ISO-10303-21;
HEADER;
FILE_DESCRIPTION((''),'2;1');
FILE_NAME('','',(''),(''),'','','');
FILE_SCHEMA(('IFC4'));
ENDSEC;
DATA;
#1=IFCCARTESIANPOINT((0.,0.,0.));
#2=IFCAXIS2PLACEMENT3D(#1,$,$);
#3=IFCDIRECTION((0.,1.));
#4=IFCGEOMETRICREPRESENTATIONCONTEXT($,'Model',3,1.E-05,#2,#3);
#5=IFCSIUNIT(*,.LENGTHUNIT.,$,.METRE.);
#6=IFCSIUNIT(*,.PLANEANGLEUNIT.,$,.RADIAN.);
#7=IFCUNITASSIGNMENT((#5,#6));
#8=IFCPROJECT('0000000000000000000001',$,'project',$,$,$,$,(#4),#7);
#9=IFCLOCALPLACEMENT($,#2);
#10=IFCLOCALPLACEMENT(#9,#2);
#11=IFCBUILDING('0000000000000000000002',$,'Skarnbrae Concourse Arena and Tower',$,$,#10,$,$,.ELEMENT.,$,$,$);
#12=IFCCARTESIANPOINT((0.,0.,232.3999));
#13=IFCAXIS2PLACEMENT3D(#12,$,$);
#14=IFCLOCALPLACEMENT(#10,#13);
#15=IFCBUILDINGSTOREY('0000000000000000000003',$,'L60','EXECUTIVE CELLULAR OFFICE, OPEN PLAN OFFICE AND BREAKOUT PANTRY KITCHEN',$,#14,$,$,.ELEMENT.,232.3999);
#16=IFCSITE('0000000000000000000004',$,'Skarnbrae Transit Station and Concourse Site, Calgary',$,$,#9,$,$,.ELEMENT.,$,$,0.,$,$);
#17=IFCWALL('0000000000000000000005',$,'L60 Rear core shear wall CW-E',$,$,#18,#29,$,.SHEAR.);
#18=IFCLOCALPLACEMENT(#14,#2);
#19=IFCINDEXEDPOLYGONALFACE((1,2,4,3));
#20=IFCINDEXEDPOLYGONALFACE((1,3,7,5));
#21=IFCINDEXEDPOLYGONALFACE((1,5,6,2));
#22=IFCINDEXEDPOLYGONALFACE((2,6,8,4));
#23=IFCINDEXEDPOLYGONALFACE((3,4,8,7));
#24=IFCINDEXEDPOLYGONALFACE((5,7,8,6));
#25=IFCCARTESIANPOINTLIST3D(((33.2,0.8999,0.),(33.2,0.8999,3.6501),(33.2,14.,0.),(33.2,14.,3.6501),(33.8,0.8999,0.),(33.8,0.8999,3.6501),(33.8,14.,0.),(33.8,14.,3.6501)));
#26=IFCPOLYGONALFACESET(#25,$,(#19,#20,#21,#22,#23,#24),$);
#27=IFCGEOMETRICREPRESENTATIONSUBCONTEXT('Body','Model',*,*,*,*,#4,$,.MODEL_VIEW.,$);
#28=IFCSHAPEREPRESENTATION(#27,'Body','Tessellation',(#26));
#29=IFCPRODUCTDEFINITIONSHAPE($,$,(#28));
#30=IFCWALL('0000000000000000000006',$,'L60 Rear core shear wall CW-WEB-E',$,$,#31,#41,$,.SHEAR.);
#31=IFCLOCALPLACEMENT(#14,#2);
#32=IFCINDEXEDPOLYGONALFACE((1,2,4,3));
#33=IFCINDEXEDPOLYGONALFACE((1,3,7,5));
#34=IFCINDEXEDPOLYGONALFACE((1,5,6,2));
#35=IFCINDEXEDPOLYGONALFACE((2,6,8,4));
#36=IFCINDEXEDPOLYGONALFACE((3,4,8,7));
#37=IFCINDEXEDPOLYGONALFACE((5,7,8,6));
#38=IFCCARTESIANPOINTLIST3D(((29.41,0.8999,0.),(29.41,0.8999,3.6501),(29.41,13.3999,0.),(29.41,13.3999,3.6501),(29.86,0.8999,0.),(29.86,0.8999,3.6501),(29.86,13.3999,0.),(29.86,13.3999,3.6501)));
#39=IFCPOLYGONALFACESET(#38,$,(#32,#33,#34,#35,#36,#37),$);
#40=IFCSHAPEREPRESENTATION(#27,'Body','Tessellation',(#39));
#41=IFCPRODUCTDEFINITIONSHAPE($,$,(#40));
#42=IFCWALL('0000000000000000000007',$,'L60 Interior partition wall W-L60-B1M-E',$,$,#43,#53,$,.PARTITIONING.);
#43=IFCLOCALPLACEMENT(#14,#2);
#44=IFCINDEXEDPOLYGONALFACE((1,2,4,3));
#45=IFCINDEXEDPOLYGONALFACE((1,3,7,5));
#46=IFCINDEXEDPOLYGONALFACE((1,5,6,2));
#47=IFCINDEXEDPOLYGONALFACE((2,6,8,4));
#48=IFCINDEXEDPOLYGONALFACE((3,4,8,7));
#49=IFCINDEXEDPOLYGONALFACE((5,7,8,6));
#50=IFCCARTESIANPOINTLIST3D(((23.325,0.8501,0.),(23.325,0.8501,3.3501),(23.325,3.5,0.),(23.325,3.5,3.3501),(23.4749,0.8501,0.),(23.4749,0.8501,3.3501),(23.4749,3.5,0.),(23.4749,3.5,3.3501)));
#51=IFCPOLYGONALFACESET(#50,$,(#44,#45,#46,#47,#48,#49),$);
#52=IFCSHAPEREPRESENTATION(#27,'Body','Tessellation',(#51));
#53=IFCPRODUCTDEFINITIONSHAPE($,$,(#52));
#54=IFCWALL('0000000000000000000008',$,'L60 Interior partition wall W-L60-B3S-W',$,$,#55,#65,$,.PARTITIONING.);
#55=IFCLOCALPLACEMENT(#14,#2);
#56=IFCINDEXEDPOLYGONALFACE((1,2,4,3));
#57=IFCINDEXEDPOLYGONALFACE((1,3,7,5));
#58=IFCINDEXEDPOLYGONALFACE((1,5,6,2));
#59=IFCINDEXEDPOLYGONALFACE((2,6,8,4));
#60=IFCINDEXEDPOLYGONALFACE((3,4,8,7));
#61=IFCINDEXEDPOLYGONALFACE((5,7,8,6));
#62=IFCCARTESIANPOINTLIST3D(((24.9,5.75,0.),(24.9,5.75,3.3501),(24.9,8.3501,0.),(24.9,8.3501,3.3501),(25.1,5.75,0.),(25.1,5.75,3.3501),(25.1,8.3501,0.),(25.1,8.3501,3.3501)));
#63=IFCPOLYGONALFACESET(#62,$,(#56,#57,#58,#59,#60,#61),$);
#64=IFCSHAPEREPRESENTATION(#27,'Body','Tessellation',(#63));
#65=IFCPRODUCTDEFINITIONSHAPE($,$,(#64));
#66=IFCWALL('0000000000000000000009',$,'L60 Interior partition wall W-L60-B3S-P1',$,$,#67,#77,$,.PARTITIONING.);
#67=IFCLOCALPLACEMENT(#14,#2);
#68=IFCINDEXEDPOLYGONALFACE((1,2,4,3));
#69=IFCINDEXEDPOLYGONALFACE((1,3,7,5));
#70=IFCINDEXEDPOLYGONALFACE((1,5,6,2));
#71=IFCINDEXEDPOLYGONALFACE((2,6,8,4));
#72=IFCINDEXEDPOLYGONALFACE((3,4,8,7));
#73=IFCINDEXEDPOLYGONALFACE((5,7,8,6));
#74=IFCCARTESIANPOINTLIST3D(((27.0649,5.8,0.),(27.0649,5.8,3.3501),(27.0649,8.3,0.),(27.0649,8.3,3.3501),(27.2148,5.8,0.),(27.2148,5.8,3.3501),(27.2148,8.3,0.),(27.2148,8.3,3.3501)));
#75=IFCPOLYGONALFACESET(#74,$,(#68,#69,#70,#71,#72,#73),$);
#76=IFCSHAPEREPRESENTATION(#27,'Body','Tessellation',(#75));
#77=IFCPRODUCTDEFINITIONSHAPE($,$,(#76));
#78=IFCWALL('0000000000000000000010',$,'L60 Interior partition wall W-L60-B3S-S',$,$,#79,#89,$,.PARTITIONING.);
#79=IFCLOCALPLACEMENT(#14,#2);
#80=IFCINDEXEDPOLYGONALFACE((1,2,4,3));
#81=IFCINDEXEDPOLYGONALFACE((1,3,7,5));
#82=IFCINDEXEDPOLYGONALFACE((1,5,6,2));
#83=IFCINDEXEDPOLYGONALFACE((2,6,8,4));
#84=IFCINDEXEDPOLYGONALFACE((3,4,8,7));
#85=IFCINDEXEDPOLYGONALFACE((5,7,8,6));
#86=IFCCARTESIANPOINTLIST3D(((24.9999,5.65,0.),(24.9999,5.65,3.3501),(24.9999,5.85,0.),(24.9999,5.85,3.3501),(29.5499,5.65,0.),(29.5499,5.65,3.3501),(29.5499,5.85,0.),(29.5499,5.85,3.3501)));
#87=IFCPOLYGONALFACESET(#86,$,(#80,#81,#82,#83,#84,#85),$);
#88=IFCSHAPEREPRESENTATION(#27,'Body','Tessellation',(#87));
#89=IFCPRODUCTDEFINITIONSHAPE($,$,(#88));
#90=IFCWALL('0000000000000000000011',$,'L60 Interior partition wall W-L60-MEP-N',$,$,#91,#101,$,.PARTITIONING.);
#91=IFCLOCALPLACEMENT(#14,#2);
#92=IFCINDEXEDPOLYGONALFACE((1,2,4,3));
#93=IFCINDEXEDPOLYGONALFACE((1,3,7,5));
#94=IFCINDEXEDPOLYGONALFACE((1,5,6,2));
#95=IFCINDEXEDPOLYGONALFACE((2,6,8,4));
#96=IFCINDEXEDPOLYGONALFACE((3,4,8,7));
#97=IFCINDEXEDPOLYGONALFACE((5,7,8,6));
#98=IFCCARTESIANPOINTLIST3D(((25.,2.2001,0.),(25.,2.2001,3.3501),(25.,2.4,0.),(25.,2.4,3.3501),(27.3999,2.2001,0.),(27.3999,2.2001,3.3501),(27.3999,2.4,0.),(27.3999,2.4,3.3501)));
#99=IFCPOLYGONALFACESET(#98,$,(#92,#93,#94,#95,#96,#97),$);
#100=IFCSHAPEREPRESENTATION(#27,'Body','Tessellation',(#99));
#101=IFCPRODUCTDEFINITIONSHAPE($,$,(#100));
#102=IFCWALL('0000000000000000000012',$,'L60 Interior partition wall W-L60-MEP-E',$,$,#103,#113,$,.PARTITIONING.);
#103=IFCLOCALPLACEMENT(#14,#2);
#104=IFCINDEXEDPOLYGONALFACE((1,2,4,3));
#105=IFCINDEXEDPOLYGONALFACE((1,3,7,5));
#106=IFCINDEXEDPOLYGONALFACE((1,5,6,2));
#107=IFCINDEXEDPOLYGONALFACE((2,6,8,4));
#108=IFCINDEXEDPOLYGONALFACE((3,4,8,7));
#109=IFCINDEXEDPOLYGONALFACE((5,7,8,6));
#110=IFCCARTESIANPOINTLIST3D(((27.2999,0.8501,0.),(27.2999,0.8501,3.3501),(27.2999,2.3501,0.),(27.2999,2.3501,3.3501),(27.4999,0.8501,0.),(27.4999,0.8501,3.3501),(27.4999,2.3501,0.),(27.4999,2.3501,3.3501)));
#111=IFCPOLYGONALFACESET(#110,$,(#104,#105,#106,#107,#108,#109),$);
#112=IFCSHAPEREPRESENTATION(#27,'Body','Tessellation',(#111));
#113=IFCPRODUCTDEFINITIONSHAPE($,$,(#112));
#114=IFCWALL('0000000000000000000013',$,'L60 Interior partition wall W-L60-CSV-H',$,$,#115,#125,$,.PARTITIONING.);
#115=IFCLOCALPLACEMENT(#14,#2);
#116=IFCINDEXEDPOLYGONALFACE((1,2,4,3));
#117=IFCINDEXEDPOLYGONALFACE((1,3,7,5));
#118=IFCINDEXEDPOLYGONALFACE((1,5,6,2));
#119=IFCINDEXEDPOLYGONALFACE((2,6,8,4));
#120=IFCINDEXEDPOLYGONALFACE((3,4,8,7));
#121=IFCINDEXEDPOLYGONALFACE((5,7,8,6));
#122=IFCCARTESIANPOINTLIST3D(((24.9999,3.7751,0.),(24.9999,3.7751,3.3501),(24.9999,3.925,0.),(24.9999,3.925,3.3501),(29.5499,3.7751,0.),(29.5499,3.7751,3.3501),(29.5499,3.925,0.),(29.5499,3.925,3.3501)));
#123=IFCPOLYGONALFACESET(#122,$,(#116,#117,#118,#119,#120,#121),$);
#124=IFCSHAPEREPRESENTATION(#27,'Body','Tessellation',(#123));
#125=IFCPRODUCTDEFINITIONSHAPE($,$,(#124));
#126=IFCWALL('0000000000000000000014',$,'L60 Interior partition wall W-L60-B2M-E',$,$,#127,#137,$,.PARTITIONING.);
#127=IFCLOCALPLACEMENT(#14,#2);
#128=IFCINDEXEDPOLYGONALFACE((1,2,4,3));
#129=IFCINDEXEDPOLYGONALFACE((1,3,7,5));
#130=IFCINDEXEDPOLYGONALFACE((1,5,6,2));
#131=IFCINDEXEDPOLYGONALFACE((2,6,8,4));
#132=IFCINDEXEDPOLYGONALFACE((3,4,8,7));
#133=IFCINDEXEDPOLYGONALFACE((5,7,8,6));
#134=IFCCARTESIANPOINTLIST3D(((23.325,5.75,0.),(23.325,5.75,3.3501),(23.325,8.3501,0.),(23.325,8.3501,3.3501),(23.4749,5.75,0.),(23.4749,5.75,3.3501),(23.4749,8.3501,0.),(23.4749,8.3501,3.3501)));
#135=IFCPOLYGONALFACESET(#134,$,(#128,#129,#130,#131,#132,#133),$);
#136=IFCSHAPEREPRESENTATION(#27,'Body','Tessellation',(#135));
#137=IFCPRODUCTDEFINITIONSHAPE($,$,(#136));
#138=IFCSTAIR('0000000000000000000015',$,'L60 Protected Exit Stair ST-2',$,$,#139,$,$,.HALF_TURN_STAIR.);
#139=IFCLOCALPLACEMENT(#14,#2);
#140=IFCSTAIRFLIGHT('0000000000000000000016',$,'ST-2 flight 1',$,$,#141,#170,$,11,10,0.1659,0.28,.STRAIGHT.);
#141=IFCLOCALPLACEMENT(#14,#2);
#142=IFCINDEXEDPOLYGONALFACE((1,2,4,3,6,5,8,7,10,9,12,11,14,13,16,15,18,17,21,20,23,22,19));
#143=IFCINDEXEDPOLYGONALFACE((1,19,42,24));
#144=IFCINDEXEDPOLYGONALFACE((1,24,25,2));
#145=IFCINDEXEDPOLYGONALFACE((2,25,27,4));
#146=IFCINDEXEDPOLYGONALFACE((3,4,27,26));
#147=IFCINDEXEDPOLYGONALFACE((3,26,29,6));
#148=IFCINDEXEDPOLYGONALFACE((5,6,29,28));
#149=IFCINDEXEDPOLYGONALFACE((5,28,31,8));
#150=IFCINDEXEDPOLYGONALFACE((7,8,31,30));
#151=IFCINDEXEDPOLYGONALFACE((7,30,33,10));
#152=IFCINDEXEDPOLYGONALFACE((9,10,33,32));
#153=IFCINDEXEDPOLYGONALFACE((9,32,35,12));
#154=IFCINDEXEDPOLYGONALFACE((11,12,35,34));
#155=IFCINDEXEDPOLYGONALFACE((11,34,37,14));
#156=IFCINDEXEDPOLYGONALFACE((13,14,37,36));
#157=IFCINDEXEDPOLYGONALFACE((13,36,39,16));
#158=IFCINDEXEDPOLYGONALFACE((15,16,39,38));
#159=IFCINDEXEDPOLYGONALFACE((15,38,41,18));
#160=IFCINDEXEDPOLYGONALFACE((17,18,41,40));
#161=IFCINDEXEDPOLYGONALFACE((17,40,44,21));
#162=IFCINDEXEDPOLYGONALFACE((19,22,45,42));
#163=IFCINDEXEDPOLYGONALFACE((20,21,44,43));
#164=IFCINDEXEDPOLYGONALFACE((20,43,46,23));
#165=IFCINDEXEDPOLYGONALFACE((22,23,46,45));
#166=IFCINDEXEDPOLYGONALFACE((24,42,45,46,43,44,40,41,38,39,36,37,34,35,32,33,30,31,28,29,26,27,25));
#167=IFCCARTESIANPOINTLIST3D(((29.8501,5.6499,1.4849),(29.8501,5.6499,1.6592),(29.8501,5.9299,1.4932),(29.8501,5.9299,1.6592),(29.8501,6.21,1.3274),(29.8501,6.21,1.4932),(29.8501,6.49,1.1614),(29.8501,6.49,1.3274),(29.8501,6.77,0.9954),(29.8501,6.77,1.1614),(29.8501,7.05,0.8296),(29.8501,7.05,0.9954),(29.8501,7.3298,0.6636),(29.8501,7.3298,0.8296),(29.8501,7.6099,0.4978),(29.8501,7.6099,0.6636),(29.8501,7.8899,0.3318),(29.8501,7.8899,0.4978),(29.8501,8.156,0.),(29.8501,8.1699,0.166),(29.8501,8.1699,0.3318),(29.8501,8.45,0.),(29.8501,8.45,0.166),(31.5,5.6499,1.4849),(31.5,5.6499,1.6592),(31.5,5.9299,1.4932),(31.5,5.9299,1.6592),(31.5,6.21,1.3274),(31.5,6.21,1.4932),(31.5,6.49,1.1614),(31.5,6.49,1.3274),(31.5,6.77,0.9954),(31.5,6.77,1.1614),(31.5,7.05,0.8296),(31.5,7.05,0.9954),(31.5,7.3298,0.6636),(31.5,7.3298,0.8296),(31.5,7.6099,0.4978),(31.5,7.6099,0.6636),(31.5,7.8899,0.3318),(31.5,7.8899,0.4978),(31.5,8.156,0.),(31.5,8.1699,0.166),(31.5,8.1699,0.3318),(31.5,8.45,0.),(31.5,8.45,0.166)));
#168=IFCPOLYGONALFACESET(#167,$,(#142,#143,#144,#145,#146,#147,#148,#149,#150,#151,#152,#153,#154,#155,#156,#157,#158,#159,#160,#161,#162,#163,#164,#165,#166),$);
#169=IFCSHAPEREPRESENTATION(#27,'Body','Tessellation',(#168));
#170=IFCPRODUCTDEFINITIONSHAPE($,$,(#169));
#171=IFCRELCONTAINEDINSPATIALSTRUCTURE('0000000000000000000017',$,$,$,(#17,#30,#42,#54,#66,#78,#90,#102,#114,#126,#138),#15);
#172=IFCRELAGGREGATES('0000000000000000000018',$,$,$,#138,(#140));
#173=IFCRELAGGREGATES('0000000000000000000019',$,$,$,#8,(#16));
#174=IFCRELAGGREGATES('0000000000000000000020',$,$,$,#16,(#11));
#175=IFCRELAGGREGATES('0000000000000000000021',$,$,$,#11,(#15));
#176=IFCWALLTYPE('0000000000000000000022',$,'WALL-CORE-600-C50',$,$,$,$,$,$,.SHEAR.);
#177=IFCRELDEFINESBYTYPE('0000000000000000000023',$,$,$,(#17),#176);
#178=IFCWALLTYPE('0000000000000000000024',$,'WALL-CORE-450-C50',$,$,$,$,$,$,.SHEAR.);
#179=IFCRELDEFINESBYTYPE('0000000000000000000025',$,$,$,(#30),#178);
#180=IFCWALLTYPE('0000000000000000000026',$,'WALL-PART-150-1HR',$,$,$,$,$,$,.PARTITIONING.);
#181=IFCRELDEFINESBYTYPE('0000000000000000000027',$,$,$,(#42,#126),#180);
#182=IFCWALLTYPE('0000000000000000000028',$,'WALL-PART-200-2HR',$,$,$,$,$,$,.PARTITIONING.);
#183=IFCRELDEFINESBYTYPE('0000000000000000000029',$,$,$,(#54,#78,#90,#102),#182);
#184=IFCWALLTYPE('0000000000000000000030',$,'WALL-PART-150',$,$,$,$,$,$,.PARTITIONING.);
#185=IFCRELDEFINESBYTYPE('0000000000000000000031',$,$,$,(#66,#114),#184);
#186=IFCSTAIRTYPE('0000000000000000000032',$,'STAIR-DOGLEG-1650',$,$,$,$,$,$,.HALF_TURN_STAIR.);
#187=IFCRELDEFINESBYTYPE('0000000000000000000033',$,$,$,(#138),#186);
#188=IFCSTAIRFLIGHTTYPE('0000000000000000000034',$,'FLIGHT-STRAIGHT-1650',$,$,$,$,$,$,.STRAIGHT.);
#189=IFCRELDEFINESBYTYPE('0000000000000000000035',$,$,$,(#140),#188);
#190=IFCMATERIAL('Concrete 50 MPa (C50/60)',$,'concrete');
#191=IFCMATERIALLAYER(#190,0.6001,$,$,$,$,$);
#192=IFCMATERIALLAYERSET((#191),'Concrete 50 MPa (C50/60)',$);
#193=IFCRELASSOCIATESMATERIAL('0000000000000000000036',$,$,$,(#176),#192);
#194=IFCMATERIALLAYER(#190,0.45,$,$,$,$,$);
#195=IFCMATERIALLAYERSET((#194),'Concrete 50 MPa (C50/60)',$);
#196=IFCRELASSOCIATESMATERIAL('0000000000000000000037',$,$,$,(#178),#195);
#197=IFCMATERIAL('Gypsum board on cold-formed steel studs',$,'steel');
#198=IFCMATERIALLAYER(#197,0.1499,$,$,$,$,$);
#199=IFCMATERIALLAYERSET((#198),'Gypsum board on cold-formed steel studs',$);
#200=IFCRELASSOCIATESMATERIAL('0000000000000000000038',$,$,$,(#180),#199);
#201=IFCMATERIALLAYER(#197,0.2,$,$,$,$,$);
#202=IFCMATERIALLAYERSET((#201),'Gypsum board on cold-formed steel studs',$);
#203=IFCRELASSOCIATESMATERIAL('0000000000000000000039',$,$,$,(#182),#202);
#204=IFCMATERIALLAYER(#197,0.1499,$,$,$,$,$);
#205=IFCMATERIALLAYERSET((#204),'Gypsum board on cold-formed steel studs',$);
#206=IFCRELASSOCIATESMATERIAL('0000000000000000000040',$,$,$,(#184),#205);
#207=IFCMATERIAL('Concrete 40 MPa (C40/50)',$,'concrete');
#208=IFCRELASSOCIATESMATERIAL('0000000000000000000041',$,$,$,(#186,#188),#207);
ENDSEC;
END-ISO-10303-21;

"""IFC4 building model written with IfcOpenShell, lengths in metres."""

from ifc_helpers import new_model, si_unit, direction, frame, frame_2d, origin, place, context, subcontext, project, spatial, polyline, rectangle, outline, extrude, source, transform, mapped, material, layer, layer_set, type_object, element, aggregate, save


model = new_model("IFC4")

# Units and contexts
model_context = context("Model", 3, precision=1e-05, world=origin(), true_north=direction((0.0, 1.0)))
body_context = subcontext(model_context, "Body", "Model", "MODEL_VIEW")
ifc_project = project(units=[si_unit("LENGTHUNIT", "METRE"), si_unit("PLANEANGLEUNIT", "RADIAN")], contexts=[model_context])

# Site, building, storey
site_placement = place(None, origin())
site = spatial("IfcSite", under=ifc_project, at=site_placement, Name="Skarnbrae Transit Station and Concourse Site, Calgary", CompositionType="ELEMENT", RefElevation=0.0)
building_placement = place(site_placement, origin())
building = spatial("IfcBuilding", under=site, at=building_placement, Name="Skarnbrae Concourse Arena and Tower", CompositionType="ELEMENT")
storey_placement = place(building_placement, frame((0.0, 0.0, 232.3999)))
storey = spatial("IfcBuildingStorey", under=building, at=storey_placement, Name="L60", Description="EXECUTIVE CELLULAR OFFICE, OPEN PLAN OFFICE AND BREAKOUT PANTRY KITCHEN", CompositionType="ELEMENT", Elevation=232.3999)

# Walls
ifc_material_1 = material(Name="Concrete 50 MPa (C50/60)", Category="concrete")
ifc_layer_1 = layer(ifc_material_1, 0.6001)
ifc_layer_set_1 = layer_set([ifc_layer_1], Name="Concrete 50 MPa (C50/60)")
wall_type_1 = type_object("IfcWallType", Name="WALL-CORE-600-C50", PredefinedType="SHEAR", material=ifc_layer_set_1)
shared_shape_1 = source(origin(), body_context, "Body", "SweptSolid", [
    extrude(rectangle(XDim=13.1001, YDim=0.6001, at=frame_2d((6.55, 0.0))), origin(), (0.0, 0.0, 1.0), 3.6501),
])
wall_1_placement = place(storey_placement, frame((33.5, 0.8999, 0.0), z_axis=(0.0, 0.0, 1.0), x_axis=(0.0, 1.0, 0.0)))
element("IfcWall", 1, at=wall_1_placement, inside=storey, type_object=wall_type_1, Name="L60 Rear core shear wall CW-E", PredefinedType="SHEAR", context=body_context, shape_type="MappedRepresentation", body=[
    mapped(shared_shape_1, transform((0.0, 0.0, 0.0))),
])
ifc_layer_2 = layer(ifc_material_1, 0.45)
ifc_layer_set_2 = layer_set([ifc_layer_2], Name="Concrete 50 MPa (C50/60)")
wall_type_2 = type_object("IfcWallType", Name="WALL-CORE-450-C50", PredefinedType="SHEAR", material=ifc_layer_set_2)
shared_shape_2 = source(origin(), body_context, "Body", "SweptSolid", [
    extrude(rectangle(XDim=12.5, YDim=0.45, at=frame_2d((6.25, 0.0))), origin(), (0.0, 0.0, 1.0), 3.6501),
])
wall_2_placement = place(storey_placement, frame((29.635, 0.8999, 0.0), z_axis=(0.0, 0.0, 1.0), x_axis=(0.0, 1.0, 0.0)))
element("IfcWall", 2, at=wall_2_placement, inside=storey, type_object=wall_type_2, Name="L60 Rear core shear wall CW-WEB-E", PredefinedType="SHEAR", context=body_context, shape_type="MappedRepresentation", body=[
    mapped(shared_shape_2, transform((0.0, 0.0, 0.0))),
])
ifc_material_2 = material(Name="Gypsum board on cold-formed steel studs", Category="steel")
ifc_layer_3 = layer(ifc_material_2, 0.1499)
ifc_layer_set_3 = layer_set([ifc_layer_3], Name="Gypsum board on cold-formed steel studs")
wall_type_3 = type_object("IfcWallType", Name="WALL-PART-150-1HR", PredefinedType="PARTITIONING", material=ifc_layer_set_3)
shared_shape_3 = source(origin(), body_context, "Body", "SweptSolid", [
    extrude(rectangle(XDim=2.6499, YDim=0.1499, at=frame_2d((1.325, 0.0))), origin(), (0.0, 0.0, 1.0), 3.3501),
])
wall_3_placement = place(storey_placement, frame((23.3999, 0.8501, 0.0), z_axis=(0.0, 0.0, 1.0), x_axis=(0.0, 1.0, 0.0)))
element("IfcWall", 3, at=wall_3_placement, inside=storey, type_object=wall_type_3, Name="L60 Interior partition wall W-L60-B1M-E", PredefinedType="PARTITIONING", context=body_context, shape_type="MappedRepresentation", body=[
    mapped(shared_shape_3, transform((0.0, 0.0, 0.0))),
])
ifc_layer_4 = layer(ifc_material_2, 0.2)
ifc_layer_set_4 = layer_set([ifc_layer_4], Name="Gypsum board on cold-formed steel studs")
wall_type_4 = type_object("IfcWallType", Name="WALL-PART-200-2HR", PredefinedType="PARTITIONING", material=ifc_layer_set_4)
shared_shape_4 = source(origin(), body_context, "Body", "SweptSolid", [
    extrude(rectangle(XDim=2.6001, YDim=0.2, at=frame_2d((1.3, 0.0))), origin(), (0.0, 0.0, 1.0), 3.3501),
])
wall_4_placement = place(storey_placement, frame((25.0, 5.75, 0.0), z_axis=(0.0, 0.0, 1.0), x_axis=(0.0, 1.0, 0.0)))
element("IfcWall", 4, at=wall_4_placement, inside=storey, type_object=wall_type_4, Name="L60 Interior partition wall W-L60-B3S-W", PredefinedType="PARTITIONING", context=body_context, shape_type="MappedRepresentation", body=[
    mapped(shared_shape_4, transform((0.0, 0.0, 0.0))),
])
ifc_layer_5 = layer(ifc_material_2, 0.1499)
ifc_layer_set_5 = layer_set([ifc_layer_5], Name="Gypsum board on cold-formed steel studs")
wall_type_5 = type_object("IfcWallType", Name="WALL-PART-150", PredefinedType="PARTITIONING", material=ifc_layer_set_5)
shared_shape_5 = source(origin(), body_context, "Body", "SweptSolid", [
    extrude(rectangle(XDim=2.5, YDim=0.1499, at=frame_2d((1.25, 0.0))), origin(), (0.0, 0.0, 1.0), 3.3501),
])
wall_5_placement = place(storey_placement, frame((27.1399, 5.8, 0.0), z_axis=(0.0, 0.0, 1.0), x_axis=(0.0, 1.0, 0.0)))
element("IfcWall", 5, at=wall_5_placement, inside=storey, type_object=wall_type_5, Name="L60 Interior partition wall W-L60-B3S-P1", PredefinedType="PARTITIONING", context=body_context, shape_type="MappedRepresentation", body=[
    mapped(shared_shape_5, transform((0.0, 0.0, 0.0))),
])

# Shared definitions
shared_shape_6 = source(origin(), body_context, "Body", "SweptSolid", [
    extrude(rectangle(XDim=4.55, YDim=0.2, at=frame_2d((2.2749, 0.0))), origin(), (0.0, 0.0, 1.0), 3.3501),
])

# Wall
wall_6_placement = place(storey_placement, frame((25.0, 5.75, 0.0), z_axis=(0.0, 0.0, 1.0), x_axis=(1.0, 0.0, 0.0)))
element("IfcWall", 6, at=wall_6_placement, inside=storey, type_object=wall_type_4, Name="L60 Interior partition wall W-L60-B3S-S", PredefinedType="PARTITIONING", context=body_context, shape_type="MappedRepresentation", body=[
    mapped(shared_shape_6, transform((0.0, 0.0, 0.0))),
])

# Walls
shared_shape_7 = source(origin(), body_context, "Body", "SweptSolid", [
    extrude(rectangle(XDim=2.3999, YDim=0.2, at=frame_2d((1.2, 0.0))), origin(), (0.0, 0.0, 1.0), 3.3501),
])
wall_7_placement = place(storey_placement, frame((25.0, 2.3, 0.0), z_axis=(0.0, 0.0, 1.0), x_axis=(1.0, 0.0, 0.0)))
element("IfcWall", 7, at=wall_7_placement, inside=storey, type_object=wall_type_4, Name="L60 Interior partition wall W-L60-MEP-N", PredefinedType="PARTITIONING", context=body_context, shape_type="MappedRepresentation", body=[
    mapped(shared_shape_7, transform((0.0, 0.0, 0.0))),
])
shared_shape_8 = source(origin(), body_context, "Body", "SweptSolid", [
    extrude(rectangle(XDim=1.5, YDim=0.2, at=frame_2d((0.75, 0.0))), origin(), (0.0, 0.0, 1.0), 3.3501),
])
wall_8_placement = place(storey_placement, frame((27.3999, 0.8501, 0.0), z_axis=(0.0, 0.0, 1.0), x_axis=(0.0, 1.0, 0.0)))
element("IfcWall", 8, at=wall_8_placement, inside=storey, type_object=wall_type_4, Name="L60 Interior partition wall W-L60-MEP-E", PredefinedType="PARTITIONING", context=body_context, shape_type="MappedRepresentation", body=[
    mapped(shared_shape_8, transform((0.0, 0.0, 0.0))),
])
shared_shape_9 = source(origin(), body_context, "Body", "SweptSolid", [
    extrude(rectangle(XDim=4.55, YDim=0.1499, at=frame_2d((2.2749, 0.0))), origin(), (0.0, 0.0, 1.0), 3.3501),
])
wall_9_placement = place(storey_placement, frame((25.0, 3.8501, 0.0), z_axis=(0.0, 0.0, 1.0), x_axis=(1.0, 0.0, 0.0)))
element("IfcWall", 9, at=wall_9_placement, inside=storey, type_object=wall_type_5, Name="L60 Interior partition wall W-L60-CSV-H", PredefinedType="PARTITIONING", context=body_context, shape_type="MappedRepresentation", body=[
    mapped(shared_shape_9, transform((0.0, 0.0, 0.0))),
])
shared_shape_10 = source(origin(), body_context, "Body", "SweptSolid", [
    extrude(rectangle(XDim=2.6001, YDim=0.1499, at=frame_2d((1.3, 0.0))), origin(), (0.0, 0.0, 1.0), 3.3501),
])
wall_10_placement = place(storey_placement, frame((23.3999, 5.75, 0.0), z_axis=(0.0, 0.0, 1.0), x_axis=(0.0, 1.0, 0.0)))
element("IfcWall", 10, at=wall_10_placement, inside=storey, type_object=wall_type_3, Name="L60 Interior partition wall W-L60-B2M-E", PredefinedType="PARTITIONING", context=body_context, shape_type="MappedRepresentation", body=[
    mapped(shared_shape_10, transform((0.0, 0.0, 0.0))),
])

# Stair, stair flight
ifc_material_3 = material(Name="Concrete 40 MPa (C40/50)", Category="concrete")
stair_type = type_object("IfcStairType", Name="STAIR-DOGLEG-1650", PredefinedType="HALF_TURN_STAIR", material=ifc_material_3)
stair_placement = place(storey_placement, origin())
stair = element("IfcStair", 11, at=stair_placement, inside=storey, type_object=stair_type, Name="L60 Protected Exit Stair ST-2", PredefinedType="HALF_TURN_STAIR")
stair_flight_type = type_object("IfcStairFlightType", Name="FLIGHT-STRAIGHT-1650", PredefinedType="STRAIGHT", material=ifc_material_3)
shared_shape_11 = source(origin(), body_context, "Body", "SweptSolid", [
    extrude(outline(polyline([(0.0, 0.0), (0.0, 0.166), (0.28, 0.166), (0.28, 0.3318), (0.5601, 0.3318), (0.5601, 0.4978), (0.8401, 0.4978), (0.8401, 0.6636), (1.1201, 0.6636), (1.1201, 0.8296), (1.3999, 0.8296), (1.3999, 0.9954), (1.6799, 0.9954), (1.6799, 1.1614), (1.96, 1.1614), (1.96, 1.3274), (2.24, 1.3274), (2.24, 1.4932), (2.52, 1.4932), (2.52, 1.6592), (2.8, 1.6592), (2.8, 1.825), (2.8, 1.4849), (0.2939, 0.0), (0.0, 0.0)])), frame((0.0, 0.825, 0.0), z_axis=(0.0, -1.0, 0.0), x_axis=(1.0, 0.0, 0.0)), (0.0, 0.0, 1.0), 1.6499),
])
stair_flight_1_placement = place(storey_placement, frame((30.675, 8.45, 0.0), z_axis=(0.0, 0.0, 1.0), x_axis=(0.0, -1.0, 0.0)))
stair_flight_1 = element("IfcStairFlight", 12, at=stair_flight_1_placement, type_object=stair_flight_type, Name="ST-2 flight 1", NumberOfRisers=11, NumberOfTreads=10, PredefinedType="STRAIGHT", RiserHeight=0.1659, TreadLength=0.28, context=body_context, shape_type="MappedRepresentation", body=[
    mapped(shared_shape_11, transform((0.0, 0.0, 0.0))),
])
aggregate(stair, [stair_flight_1])

save(model, "model.ifc")
